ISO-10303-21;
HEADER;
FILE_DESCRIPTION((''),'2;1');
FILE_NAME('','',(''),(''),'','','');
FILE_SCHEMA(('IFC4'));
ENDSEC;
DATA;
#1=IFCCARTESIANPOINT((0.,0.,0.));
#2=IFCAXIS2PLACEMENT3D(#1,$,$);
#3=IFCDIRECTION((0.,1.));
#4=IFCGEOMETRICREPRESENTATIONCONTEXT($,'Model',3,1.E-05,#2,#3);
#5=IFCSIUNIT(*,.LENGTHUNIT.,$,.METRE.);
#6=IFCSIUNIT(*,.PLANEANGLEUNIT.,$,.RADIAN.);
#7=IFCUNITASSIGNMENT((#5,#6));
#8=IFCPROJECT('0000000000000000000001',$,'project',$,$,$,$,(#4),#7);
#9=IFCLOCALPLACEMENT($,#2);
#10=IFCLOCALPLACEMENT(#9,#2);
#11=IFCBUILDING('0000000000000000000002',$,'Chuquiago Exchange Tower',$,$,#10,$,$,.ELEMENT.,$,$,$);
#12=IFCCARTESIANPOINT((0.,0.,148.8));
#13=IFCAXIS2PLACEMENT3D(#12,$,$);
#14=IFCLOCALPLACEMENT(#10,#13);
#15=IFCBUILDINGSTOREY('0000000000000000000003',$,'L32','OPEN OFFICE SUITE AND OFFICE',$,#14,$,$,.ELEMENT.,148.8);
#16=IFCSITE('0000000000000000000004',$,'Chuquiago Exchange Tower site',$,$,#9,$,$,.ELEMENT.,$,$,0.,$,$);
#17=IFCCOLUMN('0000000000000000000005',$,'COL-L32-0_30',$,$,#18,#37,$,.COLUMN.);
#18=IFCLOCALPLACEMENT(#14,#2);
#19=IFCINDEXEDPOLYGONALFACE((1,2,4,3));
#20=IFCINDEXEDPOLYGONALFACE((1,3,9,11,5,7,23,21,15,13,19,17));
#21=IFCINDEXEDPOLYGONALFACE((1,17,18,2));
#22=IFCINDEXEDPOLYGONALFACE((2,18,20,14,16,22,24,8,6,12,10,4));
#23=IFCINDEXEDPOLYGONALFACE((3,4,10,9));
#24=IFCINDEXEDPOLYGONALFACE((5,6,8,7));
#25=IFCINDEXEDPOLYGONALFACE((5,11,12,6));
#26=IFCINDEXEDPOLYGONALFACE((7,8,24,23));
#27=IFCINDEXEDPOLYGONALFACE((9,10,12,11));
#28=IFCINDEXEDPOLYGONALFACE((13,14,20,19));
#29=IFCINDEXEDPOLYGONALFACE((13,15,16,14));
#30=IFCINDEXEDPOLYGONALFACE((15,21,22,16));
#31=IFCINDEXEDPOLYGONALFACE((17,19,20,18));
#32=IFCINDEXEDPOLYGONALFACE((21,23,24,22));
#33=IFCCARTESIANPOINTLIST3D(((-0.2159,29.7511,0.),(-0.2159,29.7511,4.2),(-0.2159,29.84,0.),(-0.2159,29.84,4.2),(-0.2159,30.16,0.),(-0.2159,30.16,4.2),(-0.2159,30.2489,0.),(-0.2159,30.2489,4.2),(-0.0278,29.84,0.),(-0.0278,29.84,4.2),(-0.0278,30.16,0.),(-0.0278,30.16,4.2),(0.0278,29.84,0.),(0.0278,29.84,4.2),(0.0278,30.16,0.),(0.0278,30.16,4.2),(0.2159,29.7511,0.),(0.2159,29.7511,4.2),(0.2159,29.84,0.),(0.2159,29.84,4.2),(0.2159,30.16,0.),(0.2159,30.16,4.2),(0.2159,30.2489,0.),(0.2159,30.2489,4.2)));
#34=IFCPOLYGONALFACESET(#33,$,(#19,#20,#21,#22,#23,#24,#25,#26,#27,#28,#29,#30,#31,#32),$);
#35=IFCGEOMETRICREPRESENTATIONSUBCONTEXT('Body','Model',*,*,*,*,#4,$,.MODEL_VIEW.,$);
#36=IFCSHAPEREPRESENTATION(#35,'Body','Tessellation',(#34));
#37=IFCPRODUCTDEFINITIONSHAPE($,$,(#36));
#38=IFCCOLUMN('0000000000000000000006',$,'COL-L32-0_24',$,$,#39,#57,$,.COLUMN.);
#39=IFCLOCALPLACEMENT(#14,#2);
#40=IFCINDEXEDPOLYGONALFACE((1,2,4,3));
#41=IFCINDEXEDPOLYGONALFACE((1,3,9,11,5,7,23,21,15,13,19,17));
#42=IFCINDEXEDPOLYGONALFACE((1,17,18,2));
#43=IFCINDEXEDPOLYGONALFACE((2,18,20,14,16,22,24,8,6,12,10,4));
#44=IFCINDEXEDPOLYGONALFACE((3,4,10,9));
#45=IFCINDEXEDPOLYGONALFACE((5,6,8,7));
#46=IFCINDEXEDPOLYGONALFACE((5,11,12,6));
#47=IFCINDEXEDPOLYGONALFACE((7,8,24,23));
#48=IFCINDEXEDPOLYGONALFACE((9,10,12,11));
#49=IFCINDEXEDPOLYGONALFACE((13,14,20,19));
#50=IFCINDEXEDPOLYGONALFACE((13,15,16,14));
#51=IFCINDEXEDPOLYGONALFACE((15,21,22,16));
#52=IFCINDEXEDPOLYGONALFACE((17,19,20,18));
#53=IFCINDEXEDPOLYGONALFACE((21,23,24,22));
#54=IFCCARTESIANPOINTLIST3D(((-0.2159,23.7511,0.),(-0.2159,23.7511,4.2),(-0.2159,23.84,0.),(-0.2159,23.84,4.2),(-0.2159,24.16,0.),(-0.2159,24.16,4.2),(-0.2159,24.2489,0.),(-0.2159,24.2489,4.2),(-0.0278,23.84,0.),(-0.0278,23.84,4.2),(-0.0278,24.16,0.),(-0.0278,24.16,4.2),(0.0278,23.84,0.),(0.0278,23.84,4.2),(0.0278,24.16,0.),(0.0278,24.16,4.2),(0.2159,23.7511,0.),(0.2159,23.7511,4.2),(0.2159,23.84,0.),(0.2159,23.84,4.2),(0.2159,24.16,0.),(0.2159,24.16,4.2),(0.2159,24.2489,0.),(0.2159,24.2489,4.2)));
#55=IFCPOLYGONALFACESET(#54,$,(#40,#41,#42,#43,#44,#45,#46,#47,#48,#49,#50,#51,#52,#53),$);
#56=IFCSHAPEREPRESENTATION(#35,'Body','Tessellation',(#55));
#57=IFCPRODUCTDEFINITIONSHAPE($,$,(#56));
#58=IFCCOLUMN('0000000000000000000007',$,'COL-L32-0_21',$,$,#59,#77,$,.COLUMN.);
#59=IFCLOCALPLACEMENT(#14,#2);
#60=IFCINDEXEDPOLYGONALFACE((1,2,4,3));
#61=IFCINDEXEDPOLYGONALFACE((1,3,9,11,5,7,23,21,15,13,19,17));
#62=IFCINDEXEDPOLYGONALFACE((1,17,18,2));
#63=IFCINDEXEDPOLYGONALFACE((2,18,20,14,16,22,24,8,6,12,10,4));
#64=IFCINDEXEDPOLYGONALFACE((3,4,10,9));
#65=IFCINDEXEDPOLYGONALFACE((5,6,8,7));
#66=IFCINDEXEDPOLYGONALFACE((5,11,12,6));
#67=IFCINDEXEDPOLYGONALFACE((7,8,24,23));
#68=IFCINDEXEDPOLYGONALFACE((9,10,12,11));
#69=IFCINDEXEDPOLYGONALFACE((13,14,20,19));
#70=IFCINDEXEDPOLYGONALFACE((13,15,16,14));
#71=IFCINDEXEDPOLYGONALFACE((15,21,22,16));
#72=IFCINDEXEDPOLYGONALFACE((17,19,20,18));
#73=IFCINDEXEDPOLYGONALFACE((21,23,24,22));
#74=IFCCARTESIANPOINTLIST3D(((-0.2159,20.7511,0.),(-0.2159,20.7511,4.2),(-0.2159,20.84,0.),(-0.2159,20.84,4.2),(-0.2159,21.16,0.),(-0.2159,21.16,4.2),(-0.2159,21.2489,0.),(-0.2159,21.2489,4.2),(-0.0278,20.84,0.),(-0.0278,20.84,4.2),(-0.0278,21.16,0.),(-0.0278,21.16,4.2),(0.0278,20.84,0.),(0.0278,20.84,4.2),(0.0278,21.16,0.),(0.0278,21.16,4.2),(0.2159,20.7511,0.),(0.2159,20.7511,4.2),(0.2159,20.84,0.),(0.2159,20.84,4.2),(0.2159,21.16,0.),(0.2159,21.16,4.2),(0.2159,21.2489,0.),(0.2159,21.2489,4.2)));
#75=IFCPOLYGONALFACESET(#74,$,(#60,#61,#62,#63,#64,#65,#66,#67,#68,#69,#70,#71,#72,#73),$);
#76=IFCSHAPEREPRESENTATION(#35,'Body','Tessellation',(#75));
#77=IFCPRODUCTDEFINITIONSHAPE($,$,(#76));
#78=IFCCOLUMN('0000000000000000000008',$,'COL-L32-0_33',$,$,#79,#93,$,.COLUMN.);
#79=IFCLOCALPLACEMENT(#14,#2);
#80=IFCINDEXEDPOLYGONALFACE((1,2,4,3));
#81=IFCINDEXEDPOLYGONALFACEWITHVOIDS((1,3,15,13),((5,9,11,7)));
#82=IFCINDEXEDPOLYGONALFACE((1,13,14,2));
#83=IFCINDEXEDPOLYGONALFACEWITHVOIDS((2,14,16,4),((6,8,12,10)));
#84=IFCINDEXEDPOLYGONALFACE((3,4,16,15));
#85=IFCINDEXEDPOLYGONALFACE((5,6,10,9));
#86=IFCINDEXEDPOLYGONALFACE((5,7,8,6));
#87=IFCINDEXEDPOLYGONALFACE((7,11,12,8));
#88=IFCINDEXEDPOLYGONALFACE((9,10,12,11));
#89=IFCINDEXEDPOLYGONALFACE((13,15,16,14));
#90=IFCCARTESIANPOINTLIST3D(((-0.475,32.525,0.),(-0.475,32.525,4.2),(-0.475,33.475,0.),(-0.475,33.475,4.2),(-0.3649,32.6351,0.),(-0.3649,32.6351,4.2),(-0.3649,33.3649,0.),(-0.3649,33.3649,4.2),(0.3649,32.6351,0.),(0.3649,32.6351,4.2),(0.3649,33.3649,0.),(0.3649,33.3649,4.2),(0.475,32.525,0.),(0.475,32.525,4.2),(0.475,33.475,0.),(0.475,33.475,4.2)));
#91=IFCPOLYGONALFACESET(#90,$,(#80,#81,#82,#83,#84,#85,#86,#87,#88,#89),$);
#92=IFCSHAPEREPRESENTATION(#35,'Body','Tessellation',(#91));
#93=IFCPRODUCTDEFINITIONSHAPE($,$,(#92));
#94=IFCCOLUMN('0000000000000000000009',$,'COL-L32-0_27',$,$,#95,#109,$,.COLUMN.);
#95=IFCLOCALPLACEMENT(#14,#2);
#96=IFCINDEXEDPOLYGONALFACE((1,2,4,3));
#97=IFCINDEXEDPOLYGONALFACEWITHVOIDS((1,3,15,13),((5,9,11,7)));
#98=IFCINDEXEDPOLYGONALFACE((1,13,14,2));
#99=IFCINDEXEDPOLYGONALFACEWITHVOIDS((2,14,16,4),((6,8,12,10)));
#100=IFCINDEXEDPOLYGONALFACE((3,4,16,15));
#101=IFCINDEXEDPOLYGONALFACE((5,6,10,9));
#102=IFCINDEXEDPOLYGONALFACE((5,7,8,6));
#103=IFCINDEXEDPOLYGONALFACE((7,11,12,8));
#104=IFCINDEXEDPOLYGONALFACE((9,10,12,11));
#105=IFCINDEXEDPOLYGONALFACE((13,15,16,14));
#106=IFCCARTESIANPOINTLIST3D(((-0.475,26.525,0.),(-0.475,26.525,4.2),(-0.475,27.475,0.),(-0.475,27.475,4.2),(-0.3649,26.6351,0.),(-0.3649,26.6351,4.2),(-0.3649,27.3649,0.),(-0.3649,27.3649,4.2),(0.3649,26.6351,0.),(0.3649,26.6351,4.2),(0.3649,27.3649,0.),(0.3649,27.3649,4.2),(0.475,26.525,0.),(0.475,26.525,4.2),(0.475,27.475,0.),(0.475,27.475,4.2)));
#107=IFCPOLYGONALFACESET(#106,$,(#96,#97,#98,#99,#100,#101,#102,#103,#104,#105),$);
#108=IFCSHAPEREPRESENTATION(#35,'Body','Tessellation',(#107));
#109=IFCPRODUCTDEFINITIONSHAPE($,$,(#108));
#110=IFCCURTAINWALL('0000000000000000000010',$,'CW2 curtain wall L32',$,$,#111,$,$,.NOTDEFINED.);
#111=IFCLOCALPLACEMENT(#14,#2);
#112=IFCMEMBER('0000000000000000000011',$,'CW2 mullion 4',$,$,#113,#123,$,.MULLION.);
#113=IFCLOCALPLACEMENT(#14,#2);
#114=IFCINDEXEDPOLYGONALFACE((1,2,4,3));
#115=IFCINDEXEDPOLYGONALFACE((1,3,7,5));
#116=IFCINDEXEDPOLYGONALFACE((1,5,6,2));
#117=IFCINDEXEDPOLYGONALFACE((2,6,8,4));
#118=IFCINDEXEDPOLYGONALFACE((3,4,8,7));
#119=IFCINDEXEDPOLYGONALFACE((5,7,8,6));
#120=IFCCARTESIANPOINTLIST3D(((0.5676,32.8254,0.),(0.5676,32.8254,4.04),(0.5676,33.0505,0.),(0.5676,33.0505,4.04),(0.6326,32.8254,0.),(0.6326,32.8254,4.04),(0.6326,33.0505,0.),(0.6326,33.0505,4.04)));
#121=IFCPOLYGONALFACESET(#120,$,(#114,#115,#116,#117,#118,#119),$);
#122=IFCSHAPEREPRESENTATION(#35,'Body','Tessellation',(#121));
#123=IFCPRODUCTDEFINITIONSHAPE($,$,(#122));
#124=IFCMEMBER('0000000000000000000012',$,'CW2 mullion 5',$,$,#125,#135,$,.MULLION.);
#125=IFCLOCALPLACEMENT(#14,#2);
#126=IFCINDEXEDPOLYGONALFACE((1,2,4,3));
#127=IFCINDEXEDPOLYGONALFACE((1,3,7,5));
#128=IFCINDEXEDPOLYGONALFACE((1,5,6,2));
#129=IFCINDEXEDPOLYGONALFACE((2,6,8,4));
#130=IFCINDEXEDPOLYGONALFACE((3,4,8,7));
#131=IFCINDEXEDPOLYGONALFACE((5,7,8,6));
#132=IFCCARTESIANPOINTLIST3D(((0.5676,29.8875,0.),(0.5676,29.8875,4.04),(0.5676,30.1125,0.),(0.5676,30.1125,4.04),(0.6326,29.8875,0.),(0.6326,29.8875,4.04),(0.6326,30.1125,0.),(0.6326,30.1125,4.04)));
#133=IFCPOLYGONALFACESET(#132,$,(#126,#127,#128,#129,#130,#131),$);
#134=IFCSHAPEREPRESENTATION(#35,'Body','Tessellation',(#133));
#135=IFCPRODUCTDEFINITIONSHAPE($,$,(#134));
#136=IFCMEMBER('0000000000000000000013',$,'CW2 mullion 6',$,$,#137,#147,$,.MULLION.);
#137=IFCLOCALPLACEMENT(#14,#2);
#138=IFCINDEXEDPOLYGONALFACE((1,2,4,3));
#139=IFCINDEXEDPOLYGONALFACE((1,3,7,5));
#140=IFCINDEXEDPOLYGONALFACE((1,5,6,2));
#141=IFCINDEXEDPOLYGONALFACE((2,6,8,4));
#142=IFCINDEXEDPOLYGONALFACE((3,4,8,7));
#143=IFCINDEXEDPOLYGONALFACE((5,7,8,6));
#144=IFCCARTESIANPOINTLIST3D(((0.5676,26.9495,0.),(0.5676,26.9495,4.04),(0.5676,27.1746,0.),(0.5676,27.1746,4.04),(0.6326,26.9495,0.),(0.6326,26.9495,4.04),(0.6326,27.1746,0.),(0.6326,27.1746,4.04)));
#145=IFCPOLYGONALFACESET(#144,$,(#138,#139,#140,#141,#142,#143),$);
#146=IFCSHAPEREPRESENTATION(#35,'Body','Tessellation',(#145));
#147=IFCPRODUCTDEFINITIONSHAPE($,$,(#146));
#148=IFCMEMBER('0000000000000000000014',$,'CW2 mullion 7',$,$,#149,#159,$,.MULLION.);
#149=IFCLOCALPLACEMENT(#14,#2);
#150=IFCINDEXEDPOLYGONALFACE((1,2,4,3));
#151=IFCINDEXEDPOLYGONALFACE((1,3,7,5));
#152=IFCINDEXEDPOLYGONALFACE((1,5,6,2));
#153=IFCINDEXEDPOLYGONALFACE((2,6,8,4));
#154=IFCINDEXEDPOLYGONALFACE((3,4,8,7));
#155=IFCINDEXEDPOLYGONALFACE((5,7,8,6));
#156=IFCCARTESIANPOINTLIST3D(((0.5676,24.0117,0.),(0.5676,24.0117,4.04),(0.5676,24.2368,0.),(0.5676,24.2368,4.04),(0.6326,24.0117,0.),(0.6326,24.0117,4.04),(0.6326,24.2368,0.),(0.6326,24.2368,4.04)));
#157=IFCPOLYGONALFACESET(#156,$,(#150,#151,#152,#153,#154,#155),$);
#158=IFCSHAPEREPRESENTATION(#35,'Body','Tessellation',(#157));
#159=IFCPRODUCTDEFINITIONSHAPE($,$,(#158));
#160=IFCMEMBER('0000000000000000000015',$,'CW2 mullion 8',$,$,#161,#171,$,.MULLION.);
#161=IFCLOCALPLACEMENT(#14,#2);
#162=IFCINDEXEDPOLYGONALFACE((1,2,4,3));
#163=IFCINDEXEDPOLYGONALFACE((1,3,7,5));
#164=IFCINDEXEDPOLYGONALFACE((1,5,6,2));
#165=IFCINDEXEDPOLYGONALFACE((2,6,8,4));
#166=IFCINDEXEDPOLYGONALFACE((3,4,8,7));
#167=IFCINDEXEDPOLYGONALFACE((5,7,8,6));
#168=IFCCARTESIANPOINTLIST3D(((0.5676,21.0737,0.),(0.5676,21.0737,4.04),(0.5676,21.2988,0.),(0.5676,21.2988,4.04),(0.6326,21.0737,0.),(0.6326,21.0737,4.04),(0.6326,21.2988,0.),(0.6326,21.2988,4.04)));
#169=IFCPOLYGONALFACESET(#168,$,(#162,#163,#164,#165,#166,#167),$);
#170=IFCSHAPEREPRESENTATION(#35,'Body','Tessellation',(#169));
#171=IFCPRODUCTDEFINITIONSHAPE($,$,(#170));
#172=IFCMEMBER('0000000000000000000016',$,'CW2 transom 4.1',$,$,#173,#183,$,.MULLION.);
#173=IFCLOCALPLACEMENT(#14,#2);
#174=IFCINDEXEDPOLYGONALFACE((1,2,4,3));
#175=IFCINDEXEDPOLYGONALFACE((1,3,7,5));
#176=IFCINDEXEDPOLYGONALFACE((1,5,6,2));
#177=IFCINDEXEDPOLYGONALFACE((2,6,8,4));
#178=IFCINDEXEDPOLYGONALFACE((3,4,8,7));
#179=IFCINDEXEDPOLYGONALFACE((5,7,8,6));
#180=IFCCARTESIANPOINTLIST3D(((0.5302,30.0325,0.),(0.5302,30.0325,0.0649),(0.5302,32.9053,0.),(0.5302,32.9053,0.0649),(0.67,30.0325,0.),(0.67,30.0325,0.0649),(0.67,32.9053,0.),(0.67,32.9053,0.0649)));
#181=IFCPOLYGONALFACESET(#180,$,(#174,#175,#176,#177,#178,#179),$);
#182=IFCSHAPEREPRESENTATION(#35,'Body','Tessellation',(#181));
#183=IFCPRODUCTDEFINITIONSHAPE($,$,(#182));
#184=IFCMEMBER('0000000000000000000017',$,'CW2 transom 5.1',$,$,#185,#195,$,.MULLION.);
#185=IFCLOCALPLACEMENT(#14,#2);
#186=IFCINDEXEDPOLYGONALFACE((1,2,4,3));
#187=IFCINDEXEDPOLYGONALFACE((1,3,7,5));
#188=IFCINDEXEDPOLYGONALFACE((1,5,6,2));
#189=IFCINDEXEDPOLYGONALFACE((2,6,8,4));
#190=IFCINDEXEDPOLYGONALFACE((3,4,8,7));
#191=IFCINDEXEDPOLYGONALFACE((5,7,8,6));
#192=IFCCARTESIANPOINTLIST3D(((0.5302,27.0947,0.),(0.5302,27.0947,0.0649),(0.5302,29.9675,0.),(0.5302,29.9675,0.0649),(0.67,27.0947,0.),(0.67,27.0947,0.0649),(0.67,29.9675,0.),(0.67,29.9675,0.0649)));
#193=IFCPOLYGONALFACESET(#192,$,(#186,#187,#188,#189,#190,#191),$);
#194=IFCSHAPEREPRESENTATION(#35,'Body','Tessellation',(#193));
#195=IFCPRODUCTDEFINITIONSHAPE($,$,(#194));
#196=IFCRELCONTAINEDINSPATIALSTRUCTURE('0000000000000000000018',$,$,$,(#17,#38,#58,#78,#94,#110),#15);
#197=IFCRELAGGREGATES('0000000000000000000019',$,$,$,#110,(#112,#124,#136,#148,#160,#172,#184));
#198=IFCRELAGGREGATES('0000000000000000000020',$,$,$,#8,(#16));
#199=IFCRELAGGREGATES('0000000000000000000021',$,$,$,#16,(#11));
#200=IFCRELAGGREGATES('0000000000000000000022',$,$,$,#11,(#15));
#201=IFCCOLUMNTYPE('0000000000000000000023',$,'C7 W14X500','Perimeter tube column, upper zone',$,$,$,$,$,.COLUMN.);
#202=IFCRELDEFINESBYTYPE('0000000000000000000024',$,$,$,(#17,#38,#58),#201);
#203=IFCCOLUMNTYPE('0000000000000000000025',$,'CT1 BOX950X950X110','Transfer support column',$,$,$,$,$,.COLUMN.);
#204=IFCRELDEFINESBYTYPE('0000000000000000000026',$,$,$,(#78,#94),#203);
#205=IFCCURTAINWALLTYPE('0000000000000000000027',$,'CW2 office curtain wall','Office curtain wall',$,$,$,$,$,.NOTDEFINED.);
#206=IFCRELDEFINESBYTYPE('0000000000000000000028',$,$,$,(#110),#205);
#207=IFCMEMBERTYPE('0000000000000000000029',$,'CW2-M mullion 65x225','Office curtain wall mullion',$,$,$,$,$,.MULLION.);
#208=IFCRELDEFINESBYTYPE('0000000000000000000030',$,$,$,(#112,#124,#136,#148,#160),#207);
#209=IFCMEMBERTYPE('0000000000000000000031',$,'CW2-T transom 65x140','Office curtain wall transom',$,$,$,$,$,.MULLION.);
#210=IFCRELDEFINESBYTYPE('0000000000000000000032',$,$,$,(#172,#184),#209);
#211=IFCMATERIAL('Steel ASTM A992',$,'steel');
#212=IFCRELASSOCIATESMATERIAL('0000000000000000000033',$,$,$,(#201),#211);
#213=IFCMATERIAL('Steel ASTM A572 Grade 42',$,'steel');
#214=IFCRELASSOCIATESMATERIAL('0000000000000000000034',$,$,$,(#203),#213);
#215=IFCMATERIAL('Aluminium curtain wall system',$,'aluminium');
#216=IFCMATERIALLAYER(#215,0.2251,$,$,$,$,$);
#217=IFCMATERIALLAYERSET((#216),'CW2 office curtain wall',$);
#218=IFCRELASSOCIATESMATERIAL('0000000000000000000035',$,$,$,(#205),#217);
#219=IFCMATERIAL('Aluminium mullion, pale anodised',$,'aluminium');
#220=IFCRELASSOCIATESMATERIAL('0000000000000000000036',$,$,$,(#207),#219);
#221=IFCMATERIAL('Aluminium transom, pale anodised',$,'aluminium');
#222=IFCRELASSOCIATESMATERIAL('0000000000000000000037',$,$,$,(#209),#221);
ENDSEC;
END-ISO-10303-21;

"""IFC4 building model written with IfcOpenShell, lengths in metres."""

from ifc_helpers import new_model, si_unit, direction, frame, origin, origin_2d, place, context, subcontext, project, spatial, rectangle, hollow_rectangle, i_section, extrude, material, layer, layer_set, material_profile, profile_set, type_object, element, aggregate, save


model = new_model("IFC4")

# Units and contexts
model_context = context("Model", 3, precision=1e-05, world=origin(), true_north=direction((0.0, 1.0)))
body_context = subcontext(model_context, "Body", "Model", "MODEL_VIEW")
ifc_project = project(units=[si_unit("LENGTHUNIT", "METRE"), si_unit("PLANEANGLEUNIT", "RADIAN")], contexts=[model_context])

# Site, building, storey
site_placement = place(None, origin())
site = spatial("IfcSite", under=ifc_project, at=site_placement, Name="Chuquiago Exchange Tower site", CompositionType="ELEMENT", RefElevation=0.0)
building_placement = place(site_placement, origin())
building = spatial("IfcBuilding", under=site, at=building_placement, Name="Chuquiago Exchange Tower", CompositionType="ELEMENT")
storey_placement = place(building_placement, frame((0.0, 0.0, 148.8)))
storey = spatial("IfcBuildingStorey", under=building, at=storey_placement, Name="L32", Description="OPEN OFFICE SUITE AND OFFICE", CompositionType="ELEMENT", Elevation=148.8)

# Columns
ifc_material_1 = material(Name="Steel ASTM A992", Category="steel")
ifc_material_profile_1 = material_profile(ifc_material_1, i_section(OverallWidth=0.4319, OverallDepth=0.4978, WebThickness=0.0557, FlangeThickness=0.0889, at=origin_2d()), Name="W14X500")
ifc_profile_set_1 = profile_set([ifc_material_profile_1], Name="Steel ASTM A992")
column_type_1 = type_object("IfcColumnType", Name="C7 W14X500", Description="Perimeter tube column, upper zone", PredefinedType="COLUMN", material=ifc_profile_set_1)
for number, where, z_axis, x_axis, name in (
    (1, (0.0, 30.0, 0.0), (0.0, 0.0, 1.0), (-1.0, 0.0, 0.0), "COL-L32-0_30"),
    (2, (0.0, 24.0, 0.0), (0.0, 0.0, 1.0), (-1.0, 0.0, 0.0), "COL-L32-0_24"),
    (3, (0.0, 21.0, 0.0), (0.0, 0.0, 1.0), (-1.0, 0.0, 0.0), "COL-L32-0_21"),
):
    element("IfcColumn", number, at=place(storey_placement, frame(where, z_axis=z_axis, x_axis=x_axis)), inside=storey, type_object=column_type_1, Name=name, PredefinedType="COLUMN", context=body_context, shape_type="SweptSolid", body=[
        extrude(i_section(OverallWidth=0.4319, OverallDepth=0.4978, WebThickness=0.0557, FlangeThickness=0.0889, at=origin_2d()), origin(), (0.0, 0.0, 1.0), 4.2),
    ])
ifc_material_2 = material(Name="Steel ASTM A572 Grade 42", Category="steel")
ifc_material_profile_2 = material_profile(ifc_material_2, hollow_rectangle(XDim=0.95, YDim=0.95, WallThickness=0.1101, at=origin_2d()), Name="BOX950X950X110")
ifc_profile_set_2 = profile_set([ifc_material_profile_2], Name="Steel ASTM A572 Grade 42")
column_type_2 = type_object("IfcColumnType", Name="CT1 BOX950X950X110", Description="Transfer support column", PredefinedType="COLUMN", material=ifc_profile_set_2)
for number, where, z_axis, x_axis, name in (
    (4, (0.0, 33.0, 0.0), (0.0, 0.0, 1.0), (-1.0, 0.0, 0.0), "COL-L32-0_33"),
    (5, (0.0, 27.0, 0.0), (0.0, 0.0, 1.0), (-1.0, 0.0, 0.0), "COL-L32-0_27"),
):
    element("IfcColumn", number, at=place(storey_placement, frame(where, z_axis=z_axis, x_axis=x_axis)), inside=storey, type_object=column_type_2, Name=name, PredefinedType="COLUMN", context=body_context, shape_type="SweptSolid", body=[
        extrude(hollow_rectangle(XDim=0.95, YDim=0.95, WallThickness=0.1101, at=origin_2d()), origin(), (0.0, 0.0, 1.0), 4.2),
    ])

# Curtain wall, members
ifc_material_3 = material(Name="Aluminium curtain wall system", Category="aluminium")
ifc_layer_1 = layer(ifc_material_3, 0.2251)
ifc_layer_set_1 = layer_set([ifc_layer_1], Name="CW2 office curtain wall")
curtain_wall_type = type_object("IfcCurtainWallType", Name="CW2 office curtain wall", Description="Office curtain wall", PredefinedType="NOTDEFINED", material=ifc_layer_set_1)
curtain_wall_placement = place(storey_placement, origin())
curtain_wall = element("IfcCurtainWall", 6, at=curtain_wall_placement, inside=storey, type_object=curtain_wall_type, Name="CW2 curtain wall L32", PredefinedType="NOTDEFINED")
ifc_material_4 = material(Name="Aluminium mullion, pale anodised", Category="aluminium")
ifc_material_profile_3 = material_profile(ifc_material_4, rectangle(XDim=0.0649, YDim=0.2251, at=origin_2d()), Name="AL 65x225")
ifc_profile_set_3 = profile_set([ifc_material_profile_3], Name="Aluminium mullion, pale anodised")
member_type_1 = type_object("IfcMemberType", Name="CW2-M mullion 65x225", Description="Office curtain wall mullion", PredefinedType="MULLION", material=ifc_profile_set_3)
member_1_placement = place(storey_placement, frame((0.6001, 32.938, 0.0), z_axis=(0.0, 0.0, 1.0), x_axis=(1.0, 0.0, 0.0)))
member_1 = element("IfcMember", 7, at=member_1_placement, type_object=member_type_1, Name="CW2 mullion 4", PredefinedType="MULLION", context=body_context, shape_type="SweptSolid", body=[
    extrude(rectangle(XDim=0.0649, YDim=0.2251, at=origin_2d()), origin(), (0.0, 0.0, 1.0), 4.04),
])
member_2_placement = place(storey_placement, frame((0.6001, 30.0, 0.0), z_axis=(0.0, 0.0, 1.0), x_axis=(1.0, 0.0, 0.0)))
member_2 = element("IfcMember", 8, at=member_2_placement, type_object=member_type_1, Name="CW2 mullion 5", PredefinedType="MULLION", context=body_context, shape_type="SweptSolid", body=[
    extrude(rectangle(XDim=0.0649, YDim=0.2251, at=origin_2d()), origin(), (0.0, 0.0, 1.0), 4.04),
])
member_3_placement = place(storey_placement, frame((0.6001, 27.062, 0.0), z_axis=(0.0, 0.0, 1.0), x_axis=(1.0, 0.0, 0.0)))
member_3 = element("IfcMember", 9, at=member_3_placement, type_object=member_type_1, Name="CW2 mullion 6", PredefinedType="MULLION", context=body_context, shape_type="SweptSolid", body=[
    extrude(rectangle(XDim=0.0649, YDim=0.2251, at=origin_2d()), origin(), (0.0, 0.0, 1.0), 4.04),
])
member_4_placement = place(storey_placement, frame((0.6001, 24.1243, 0.0), z_axis=(0.0, 0.0, 1.0), x_axis=(1.0, 0.0, 0.0)))
member_4 = element("IfcMember", 10, at=member_4_placement, type_object=member_type_1, Name="CW2 mullion 7", PredefinedType="MULLION", context=body_context, shape_type="SweptSolid", body=[
    extrude(rectangle(XDim=0.0649, YDim=0.2251, at=origin_2d()), origin(), (0.0, 0.0, 1.0), 4.04),
])
member_5_placement = place(storey_placement, frame((0.6001, 21.1863, 0.0), z_axis=(0.0, 0.0, 1.0), x_axis=(1.0, 0.0, 0.0)))
member_5 = element("IfcMember", 11, at=member_5_placement, type_object=member_type_1, Name="CW2 mullion 8", PredefinedType="MULLION", context=body_context, shape_type="SweptSolid", body=[
    extrude(rectangle(XDim=0.0649, YDim=0.2251, at=origin_2d()), origin(), (0.0, 0.0, 1.0), 4.04),
])
ifc_material_5 = material(Name="Aluminium transom, pale anodised", Category="aluminium")
ifc_material_profile_4 = material_profile(ifc_material_5, rectangle(XDim=0.1399, YDim=0.0649, at=origin_2d()), Name="AL 140x65")
ifc_profile_set_4 = profile_set([ifc_material_profile_4], Name="Aluminium transom, pale anodised")
member_type_2 = type_object("IfcMemberType", Name="CW2-T transom 65x140", Description="Office curtain wall transom", PredefinedType="MULLION", material=ifc_profile_set_4)
member_6_placement = place(storey_placement, frame((0.6001, 32.9053, 0.0325), z_axis=(0.0, -1.0, 0.0), x_axis=(1.0, 0.0, 0.0)))
member_6 = element("IfcMember", 12, at=member_6_placement, type_object=member_type_2, Name="CW2 transom 4.1", PredefinedType="MULLION", context=body_context, shape_type="SweptSolid", body=[
    extrude(rectangle(XDim=0.1399, YDim=0.0649, at=origin_2d()), origin(), (0.0, 0.0, 1.0), 2.8728),
])
member_7_placement = place(storey_placement, frame((0.6001, 29.9675, 0.0325), z_axis=(0.0, -1.0, 0.0), x_axis=(1.0, 0.0, 0.0)))
member_7 = element("IfcMember", 13, at=member_7_placement, type_object=member_type_2, Name="CW2 transom 5.1", PredefinedType="MULLION", context=body_context, shape_type="SweptSolid", body=[
    extrude(rectangle(XDim=0.1399, YDim=0.0649, at=origin_2d()), origin(), (0.0, 0.0, 1.0), 2.8728),
])

aggregate(curtain_wall, [member_1, member_2, member_3, member_4, member_5, member_6, member_7])

save(model, "model.ifc")
